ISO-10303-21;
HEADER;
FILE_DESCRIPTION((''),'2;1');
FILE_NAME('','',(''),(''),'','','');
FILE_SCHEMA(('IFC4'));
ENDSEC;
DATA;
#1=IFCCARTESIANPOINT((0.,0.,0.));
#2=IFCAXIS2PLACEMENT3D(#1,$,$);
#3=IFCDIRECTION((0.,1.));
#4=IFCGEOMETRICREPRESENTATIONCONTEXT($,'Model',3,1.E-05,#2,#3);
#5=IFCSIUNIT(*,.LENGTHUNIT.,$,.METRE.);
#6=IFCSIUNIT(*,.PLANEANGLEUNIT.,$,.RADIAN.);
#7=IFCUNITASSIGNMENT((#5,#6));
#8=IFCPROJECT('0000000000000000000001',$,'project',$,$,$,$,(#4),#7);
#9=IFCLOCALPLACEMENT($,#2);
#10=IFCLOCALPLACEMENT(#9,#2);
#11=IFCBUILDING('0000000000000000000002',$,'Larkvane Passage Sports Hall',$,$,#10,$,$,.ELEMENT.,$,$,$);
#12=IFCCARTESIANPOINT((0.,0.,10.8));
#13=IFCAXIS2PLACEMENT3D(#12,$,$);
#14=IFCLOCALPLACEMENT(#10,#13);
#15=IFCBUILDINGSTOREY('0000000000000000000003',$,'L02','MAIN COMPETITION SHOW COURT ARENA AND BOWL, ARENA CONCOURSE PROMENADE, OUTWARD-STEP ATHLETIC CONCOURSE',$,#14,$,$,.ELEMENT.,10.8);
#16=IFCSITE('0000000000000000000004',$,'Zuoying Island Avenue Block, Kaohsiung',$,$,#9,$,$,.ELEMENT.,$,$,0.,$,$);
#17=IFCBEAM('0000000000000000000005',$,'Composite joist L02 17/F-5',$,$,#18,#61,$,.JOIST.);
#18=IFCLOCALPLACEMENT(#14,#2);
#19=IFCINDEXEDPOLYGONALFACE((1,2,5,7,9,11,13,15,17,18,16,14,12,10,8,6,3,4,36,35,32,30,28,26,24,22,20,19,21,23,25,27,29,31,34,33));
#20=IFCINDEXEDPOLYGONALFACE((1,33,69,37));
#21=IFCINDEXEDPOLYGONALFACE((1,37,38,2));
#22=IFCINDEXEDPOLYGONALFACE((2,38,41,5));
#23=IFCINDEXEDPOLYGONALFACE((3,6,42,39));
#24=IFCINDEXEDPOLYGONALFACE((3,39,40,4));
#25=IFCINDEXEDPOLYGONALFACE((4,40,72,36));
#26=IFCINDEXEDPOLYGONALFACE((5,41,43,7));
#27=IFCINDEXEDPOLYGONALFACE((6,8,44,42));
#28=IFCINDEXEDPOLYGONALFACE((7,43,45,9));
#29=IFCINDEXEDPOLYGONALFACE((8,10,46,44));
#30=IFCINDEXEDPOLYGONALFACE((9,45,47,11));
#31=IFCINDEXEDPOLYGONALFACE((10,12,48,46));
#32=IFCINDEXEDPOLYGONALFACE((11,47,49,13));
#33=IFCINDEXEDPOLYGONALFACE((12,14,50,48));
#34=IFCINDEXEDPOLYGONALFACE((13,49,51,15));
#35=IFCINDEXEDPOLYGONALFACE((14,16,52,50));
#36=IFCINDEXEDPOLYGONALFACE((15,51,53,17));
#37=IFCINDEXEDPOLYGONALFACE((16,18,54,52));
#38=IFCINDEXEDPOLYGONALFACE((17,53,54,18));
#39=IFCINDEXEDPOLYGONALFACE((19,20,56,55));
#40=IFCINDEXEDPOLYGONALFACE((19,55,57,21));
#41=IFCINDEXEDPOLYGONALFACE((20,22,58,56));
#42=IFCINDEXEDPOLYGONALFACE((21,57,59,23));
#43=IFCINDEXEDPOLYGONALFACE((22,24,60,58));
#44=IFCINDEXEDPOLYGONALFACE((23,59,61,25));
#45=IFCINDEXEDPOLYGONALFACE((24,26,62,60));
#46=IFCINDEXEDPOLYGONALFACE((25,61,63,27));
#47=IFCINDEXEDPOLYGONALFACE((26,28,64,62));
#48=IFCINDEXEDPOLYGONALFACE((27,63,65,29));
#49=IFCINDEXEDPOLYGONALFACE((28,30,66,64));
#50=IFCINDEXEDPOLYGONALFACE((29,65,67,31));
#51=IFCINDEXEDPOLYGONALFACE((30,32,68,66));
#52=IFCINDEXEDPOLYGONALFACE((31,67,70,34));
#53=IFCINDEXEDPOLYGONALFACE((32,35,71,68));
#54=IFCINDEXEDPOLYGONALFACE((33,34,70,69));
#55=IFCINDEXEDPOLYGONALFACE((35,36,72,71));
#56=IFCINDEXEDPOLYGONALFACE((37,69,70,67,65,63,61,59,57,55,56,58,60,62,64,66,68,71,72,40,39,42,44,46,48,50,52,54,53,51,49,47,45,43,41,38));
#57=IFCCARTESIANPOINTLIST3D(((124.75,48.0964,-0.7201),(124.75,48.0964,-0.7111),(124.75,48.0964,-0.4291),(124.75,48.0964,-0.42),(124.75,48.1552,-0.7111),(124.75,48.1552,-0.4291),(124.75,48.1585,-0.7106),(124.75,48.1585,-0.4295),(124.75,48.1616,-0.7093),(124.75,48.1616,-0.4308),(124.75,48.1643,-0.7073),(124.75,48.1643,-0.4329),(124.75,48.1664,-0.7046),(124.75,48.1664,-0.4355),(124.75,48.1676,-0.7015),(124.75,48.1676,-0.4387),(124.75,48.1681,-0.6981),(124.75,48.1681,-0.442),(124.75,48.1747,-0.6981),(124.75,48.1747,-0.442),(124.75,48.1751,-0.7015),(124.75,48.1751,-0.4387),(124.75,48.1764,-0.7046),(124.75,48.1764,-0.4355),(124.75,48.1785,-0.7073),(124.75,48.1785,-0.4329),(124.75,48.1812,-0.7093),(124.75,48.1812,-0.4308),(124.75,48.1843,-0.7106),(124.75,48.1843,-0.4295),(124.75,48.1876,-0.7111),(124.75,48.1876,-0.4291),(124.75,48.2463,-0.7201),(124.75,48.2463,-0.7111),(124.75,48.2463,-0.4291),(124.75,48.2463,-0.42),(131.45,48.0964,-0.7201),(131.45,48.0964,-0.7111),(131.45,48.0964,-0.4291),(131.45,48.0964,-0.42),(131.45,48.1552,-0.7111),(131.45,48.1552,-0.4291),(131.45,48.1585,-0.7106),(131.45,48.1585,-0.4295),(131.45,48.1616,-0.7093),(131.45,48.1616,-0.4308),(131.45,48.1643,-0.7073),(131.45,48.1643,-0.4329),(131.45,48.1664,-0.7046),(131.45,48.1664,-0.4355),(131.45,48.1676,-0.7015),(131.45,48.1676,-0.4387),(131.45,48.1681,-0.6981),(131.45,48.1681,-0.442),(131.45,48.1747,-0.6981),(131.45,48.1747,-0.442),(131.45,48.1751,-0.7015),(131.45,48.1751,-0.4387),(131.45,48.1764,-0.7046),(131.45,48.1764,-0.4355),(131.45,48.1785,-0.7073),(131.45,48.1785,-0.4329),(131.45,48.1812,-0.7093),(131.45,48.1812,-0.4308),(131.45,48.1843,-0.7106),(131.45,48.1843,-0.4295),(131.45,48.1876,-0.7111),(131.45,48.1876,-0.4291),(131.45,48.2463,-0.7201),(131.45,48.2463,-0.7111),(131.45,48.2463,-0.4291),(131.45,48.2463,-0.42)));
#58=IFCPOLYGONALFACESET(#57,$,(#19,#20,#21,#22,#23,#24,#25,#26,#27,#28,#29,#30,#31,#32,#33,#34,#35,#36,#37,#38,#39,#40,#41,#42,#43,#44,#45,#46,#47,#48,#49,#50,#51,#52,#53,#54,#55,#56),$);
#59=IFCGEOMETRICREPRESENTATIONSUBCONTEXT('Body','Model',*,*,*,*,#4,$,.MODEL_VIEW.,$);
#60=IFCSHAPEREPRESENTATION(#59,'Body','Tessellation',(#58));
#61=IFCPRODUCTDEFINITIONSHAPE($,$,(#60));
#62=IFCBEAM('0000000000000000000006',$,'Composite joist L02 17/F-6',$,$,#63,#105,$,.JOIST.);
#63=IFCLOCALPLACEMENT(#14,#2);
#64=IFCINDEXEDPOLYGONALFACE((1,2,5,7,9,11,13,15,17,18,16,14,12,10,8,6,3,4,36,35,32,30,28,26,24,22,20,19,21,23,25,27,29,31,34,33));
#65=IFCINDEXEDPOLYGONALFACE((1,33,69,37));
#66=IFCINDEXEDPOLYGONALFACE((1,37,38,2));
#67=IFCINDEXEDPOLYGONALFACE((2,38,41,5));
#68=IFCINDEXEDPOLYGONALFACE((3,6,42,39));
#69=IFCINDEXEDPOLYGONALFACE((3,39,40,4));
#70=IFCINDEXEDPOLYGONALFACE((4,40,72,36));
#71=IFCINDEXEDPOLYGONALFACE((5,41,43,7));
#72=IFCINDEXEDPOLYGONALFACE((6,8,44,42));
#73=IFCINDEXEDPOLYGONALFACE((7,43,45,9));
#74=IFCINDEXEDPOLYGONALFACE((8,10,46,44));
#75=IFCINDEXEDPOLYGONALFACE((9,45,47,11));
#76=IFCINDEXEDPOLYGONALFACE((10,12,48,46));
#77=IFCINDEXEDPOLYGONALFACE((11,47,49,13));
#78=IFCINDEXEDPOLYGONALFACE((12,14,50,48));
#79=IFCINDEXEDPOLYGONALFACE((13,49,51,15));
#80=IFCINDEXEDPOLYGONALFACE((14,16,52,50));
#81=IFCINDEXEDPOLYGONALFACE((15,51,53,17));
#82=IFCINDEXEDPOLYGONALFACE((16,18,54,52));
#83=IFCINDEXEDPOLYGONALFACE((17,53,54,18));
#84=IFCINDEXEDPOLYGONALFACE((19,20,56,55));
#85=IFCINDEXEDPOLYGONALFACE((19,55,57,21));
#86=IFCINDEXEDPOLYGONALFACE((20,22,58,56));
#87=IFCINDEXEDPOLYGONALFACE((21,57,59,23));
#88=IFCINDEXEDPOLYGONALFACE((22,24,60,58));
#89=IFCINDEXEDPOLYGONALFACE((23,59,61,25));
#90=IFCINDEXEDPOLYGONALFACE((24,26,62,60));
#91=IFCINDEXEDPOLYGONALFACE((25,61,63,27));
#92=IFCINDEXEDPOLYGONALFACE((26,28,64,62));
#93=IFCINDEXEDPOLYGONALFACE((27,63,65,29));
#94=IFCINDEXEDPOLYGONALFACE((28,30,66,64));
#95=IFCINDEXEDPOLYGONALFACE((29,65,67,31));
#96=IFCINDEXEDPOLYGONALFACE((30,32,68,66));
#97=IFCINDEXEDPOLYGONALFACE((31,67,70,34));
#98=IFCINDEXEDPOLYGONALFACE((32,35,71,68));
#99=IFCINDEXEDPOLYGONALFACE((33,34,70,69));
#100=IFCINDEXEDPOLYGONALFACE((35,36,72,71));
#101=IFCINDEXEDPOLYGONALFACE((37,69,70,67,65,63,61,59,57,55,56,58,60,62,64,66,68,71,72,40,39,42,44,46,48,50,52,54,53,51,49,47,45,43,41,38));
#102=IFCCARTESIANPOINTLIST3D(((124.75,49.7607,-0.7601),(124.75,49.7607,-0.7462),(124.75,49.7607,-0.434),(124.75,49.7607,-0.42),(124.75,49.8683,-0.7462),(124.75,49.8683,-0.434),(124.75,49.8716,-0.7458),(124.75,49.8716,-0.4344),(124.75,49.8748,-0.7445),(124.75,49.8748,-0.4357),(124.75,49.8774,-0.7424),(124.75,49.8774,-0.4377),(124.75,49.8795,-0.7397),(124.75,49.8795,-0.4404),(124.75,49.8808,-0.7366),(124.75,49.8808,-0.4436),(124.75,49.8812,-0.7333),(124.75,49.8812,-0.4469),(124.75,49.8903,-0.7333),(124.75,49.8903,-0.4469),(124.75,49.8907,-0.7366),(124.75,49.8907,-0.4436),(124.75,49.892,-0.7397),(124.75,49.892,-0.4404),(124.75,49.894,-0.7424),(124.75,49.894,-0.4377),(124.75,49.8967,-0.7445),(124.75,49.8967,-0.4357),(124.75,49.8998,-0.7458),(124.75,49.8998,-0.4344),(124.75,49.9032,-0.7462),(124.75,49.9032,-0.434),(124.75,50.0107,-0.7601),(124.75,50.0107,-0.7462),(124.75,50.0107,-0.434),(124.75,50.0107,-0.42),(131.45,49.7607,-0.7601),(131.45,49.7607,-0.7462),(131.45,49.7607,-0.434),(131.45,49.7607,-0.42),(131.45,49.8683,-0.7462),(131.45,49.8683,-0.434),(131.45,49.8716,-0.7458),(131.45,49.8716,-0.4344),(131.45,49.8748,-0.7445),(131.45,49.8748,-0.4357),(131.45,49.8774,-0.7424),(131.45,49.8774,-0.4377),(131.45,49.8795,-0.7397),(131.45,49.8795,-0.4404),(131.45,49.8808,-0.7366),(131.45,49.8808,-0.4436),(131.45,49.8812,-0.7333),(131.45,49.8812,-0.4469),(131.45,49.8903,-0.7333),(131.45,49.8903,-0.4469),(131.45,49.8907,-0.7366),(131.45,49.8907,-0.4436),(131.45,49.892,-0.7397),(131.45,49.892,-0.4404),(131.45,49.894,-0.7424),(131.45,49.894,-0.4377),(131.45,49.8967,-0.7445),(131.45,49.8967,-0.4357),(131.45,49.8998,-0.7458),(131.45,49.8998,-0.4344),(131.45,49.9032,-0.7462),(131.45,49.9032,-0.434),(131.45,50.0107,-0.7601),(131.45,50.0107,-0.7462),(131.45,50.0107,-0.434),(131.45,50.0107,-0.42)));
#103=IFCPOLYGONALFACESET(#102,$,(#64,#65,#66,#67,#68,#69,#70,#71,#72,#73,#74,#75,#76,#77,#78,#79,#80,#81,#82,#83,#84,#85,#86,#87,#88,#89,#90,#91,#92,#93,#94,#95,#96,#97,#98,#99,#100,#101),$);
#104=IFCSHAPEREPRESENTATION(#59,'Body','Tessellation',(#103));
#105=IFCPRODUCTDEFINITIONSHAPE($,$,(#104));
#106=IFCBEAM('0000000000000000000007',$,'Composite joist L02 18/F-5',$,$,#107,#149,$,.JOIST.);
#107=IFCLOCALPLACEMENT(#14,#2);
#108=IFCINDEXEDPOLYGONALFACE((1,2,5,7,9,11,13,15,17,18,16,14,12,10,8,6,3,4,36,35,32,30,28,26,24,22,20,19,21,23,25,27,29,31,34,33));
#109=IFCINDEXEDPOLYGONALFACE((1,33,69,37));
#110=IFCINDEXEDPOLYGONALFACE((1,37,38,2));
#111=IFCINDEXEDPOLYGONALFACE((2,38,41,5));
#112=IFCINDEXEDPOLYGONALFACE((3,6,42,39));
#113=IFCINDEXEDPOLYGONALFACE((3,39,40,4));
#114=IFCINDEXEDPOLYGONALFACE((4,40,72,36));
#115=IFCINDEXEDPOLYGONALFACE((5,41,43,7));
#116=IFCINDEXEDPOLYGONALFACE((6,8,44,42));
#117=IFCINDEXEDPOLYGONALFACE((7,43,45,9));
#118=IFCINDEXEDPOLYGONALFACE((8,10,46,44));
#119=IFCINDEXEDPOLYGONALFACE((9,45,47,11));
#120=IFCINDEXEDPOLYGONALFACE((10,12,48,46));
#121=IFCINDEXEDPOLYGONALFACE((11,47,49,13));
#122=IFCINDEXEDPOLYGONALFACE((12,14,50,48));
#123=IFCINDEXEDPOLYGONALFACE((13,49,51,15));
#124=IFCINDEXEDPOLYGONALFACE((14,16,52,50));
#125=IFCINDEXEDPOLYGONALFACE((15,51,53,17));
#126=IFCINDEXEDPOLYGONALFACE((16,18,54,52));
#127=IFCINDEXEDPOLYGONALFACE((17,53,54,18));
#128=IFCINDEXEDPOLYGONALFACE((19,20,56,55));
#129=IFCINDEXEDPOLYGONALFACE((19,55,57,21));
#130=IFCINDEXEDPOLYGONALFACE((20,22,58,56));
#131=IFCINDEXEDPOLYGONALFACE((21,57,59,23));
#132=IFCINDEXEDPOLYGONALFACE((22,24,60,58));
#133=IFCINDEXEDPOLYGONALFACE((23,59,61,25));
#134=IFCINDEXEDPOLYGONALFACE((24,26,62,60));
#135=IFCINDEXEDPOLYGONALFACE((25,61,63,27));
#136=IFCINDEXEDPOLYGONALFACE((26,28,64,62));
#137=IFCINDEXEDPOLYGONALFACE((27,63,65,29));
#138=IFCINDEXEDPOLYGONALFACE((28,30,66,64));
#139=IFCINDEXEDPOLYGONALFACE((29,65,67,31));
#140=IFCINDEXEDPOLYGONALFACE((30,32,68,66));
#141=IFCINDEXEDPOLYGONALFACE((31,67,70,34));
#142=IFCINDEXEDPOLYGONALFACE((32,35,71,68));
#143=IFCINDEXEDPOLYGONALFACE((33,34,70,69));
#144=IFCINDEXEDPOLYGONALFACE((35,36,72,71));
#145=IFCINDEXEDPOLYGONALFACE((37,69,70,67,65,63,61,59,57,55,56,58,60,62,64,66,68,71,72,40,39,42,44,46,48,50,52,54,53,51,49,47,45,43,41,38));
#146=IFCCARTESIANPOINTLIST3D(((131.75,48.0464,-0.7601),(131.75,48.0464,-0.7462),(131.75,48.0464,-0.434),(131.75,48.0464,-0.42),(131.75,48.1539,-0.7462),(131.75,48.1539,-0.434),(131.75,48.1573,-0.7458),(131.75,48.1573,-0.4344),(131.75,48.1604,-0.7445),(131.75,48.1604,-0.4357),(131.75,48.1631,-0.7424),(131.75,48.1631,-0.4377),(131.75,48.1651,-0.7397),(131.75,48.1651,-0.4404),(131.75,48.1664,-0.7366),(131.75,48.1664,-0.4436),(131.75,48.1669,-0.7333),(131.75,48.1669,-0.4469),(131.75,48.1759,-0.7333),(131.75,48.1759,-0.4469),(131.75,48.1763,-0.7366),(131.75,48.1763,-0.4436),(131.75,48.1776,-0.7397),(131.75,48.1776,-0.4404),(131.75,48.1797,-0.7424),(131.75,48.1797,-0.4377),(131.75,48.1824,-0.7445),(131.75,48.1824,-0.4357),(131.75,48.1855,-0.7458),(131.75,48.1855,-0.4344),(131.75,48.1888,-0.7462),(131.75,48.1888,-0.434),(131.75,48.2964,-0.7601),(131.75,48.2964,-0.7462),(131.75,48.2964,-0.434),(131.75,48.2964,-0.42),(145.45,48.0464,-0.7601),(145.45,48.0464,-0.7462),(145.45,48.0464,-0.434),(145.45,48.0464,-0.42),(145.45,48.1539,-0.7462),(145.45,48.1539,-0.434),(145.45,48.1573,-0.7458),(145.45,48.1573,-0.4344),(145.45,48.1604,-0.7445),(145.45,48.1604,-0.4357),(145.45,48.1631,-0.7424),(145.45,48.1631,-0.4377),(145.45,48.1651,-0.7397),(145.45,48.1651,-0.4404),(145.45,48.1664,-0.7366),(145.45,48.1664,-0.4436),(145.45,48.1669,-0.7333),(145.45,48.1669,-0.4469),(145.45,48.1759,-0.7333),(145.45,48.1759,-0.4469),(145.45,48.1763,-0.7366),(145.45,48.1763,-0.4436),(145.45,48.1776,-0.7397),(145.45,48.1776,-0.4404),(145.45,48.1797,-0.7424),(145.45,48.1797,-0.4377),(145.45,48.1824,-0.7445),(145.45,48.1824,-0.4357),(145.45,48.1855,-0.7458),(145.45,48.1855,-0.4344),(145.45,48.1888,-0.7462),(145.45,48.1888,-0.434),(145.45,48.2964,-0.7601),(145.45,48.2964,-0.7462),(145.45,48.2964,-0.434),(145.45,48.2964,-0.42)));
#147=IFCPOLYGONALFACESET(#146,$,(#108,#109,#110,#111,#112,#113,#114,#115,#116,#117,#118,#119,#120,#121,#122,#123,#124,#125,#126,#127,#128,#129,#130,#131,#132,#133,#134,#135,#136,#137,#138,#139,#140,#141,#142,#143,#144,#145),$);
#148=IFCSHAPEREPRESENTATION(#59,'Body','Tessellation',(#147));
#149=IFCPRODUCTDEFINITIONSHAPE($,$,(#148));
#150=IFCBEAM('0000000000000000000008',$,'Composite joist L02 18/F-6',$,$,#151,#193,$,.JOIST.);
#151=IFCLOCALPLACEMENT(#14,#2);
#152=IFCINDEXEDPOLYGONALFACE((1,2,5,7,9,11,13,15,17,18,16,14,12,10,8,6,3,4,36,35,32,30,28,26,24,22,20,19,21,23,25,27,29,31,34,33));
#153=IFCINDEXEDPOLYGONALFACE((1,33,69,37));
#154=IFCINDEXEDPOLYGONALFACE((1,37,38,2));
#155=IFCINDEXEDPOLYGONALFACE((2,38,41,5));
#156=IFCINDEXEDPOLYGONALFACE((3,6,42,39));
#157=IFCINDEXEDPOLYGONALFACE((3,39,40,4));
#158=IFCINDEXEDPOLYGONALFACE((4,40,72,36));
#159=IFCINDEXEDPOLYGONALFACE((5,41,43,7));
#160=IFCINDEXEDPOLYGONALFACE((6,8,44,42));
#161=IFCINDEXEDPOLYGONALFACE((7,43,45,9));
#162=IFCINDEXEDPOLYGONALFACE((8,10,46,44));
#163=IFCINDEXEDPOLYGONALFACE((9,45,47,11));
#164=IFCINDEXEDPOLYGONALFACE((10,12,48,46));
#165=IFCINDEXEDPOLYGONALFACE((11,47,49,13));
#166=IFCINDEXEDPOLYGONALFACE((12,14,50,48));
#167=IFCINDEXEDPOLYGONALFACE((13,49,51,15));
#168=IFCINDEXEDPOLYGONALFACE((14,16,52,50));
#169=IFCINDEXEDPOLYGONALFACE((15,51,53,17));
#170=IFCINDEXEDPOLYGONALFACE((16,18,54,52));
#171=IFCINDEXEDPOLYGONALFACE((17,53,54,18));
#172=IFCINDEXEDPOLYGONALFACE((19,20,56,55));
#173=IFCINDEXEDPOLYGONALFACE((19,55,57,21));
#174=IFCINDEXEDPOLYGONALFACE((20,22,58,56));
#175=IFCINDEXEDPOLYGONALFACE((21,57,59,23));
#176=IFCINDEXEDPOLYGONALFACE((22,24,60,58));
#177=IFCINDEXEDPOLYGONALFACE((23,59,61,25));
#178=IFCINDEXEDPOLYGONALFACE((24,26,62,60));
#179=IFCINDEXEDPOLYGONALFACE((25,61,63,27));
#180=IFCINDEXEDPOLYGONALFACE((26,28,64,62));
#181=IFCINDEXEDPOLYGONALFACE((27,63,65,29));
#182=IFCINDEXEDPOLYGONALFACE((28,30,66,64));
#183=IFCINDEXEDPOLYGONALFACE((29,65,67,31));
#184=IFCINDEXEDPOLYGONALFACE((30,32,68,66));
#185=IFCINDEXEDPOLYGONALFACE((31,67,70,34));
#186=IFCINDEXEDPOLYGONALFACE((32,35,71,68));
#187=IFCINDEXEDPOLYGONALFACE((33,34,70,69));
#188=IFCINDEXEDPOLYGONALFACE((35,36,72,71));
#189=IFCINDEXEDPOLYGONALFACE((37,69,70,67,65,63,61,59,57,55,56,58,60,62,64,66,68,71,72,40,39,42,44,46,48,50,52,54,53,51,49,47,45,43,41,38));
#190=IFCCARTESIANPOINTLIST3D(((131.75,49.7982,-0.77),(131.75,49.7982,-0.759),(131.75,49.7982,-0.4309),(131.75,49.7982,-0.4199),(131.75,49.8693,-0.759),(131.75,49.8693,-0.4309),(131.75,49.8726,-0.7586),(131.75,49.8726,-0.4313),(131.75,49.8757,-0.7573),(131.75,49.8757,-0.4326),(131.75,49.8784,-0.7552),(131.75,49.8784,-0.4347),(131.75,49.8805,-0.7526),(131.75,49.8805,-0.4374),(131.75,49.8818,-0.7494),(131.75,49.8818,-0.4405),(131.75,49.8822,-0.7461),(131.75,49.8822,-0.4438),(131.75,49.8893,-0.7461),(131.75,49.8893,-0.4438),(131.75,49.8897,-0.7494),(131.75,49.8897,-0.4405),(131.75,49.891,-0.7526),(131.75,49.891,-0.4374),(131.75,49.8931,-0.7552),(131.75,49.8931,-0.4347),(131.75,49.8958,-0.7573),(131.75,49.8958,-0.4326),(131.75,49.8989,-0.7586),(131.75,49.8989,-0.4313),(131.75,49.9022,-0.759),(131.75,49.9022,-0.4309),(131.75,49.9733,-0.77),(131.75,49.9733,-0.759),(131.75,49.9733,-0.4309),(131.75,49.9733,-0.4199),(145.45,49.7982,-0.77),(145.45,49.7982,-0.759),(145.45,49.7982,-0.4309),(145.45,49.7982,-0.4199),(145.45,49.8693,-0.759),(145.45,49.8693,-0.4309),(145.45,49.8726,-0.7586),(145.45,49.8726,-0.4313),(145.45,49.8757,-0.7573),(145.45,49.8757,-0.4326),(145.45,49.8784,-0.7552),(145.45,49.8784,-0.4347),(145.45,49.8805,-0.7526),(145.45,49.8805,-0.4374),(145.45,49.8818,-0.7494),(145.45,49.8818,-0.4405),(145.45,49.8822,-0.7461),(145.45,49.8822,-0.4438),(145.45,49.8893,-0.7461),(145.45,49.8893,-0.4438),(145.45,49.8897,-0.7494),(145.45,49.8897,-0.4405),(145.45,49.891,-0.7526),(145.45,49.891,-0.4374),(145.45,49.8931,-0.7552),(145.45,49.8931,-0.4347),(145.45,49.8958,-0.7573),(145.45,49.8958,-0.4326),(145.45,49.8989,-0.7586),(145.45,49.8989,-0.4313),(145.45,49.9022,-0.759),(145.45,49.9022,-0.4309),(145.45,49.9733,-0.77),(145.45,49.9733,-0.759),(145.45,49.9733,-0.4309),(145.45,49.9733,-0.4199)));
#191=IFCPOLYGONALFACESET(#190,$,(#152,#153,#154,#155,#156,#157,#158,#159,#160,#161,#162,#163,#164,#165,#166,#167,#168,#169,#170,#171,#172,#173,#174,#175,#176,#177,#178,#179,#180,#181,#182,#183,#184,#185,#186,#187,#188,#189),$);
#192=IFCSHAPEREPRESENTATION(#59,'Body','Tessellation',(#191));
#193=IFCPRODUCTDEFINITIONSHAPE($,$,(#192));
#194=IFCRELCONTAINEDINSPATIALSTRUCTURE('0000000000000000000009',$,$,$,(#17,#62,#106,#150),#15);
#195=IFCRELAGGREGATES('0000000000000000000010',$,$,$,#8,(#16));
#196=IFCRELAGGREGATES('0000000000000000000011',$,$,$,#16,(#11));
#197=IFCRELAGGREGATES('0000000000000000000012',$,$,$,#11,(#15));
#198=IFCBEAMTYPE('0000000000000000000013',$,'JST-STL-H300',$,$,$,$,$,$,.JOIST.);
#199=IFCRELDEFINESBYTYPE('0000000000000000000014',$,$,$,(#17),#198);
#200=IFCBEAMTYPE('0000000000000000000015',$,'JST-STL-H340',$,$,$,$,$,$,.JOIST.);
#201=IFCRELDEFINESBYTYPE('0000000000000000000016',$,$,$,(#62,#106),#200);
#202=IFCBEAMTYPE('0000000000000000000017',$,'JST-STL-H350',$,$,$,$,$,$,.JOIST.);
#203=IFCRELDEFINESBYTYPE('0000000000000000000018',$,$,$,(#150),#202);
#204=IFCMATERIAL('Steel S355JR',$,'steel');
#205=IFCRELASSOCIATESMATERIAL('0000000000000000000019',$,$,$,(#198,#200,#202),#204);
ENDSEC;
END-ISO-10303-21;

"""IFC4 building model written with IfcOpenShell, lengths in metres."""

from ifc_helpers import new_model, si_unit, direction, frame, origin, origin_2d, place, context, subcontext, project, spatial, i_section, extrude, material, material_profile, profile_set, type_object, element, save


model = new_model("IFC4")

# Units and contexts
model_context = context("Model", 3, precision=1e-05, world=origin(), true_north=direction((0.0, 1.0)))
body_context = subcontext(model_context, "Body", "Model", "MODEL_VIEW")
ifc_project = project(units=[si_unit("LENGTHUNIT", "METRE"), si_unit("PLANEANGLEUNIT", "RADIAN")], contexts=[model_context])

# Site, building, storey
site_placement = place(None, origin())
site = spatial("IfcSite", under=ifc_project, at=site_placement, Name="Zuoying Island Avenue Block, Kaohsiung", CompositionType="ELEMENT", RefElevation=0.0)
building_placement = place(site_placement, origin())
building = spatial("IfcBuilding", under=site, at=building_placement, Name="Larkvane Passage Sports Hall", CompositionType="ELEMENT")
storey_placement = place(building_placement, frame((0.0, 0.0, 10.8)))
storey = spatial("IfcBuildingStorey", under=building, at=storey_placement, Name="L02", Description="MAIN COMPETITION SHOW COURT ARENA AND BOWL, ARENA CONCOURSE PROMENADE, OUTWARD-STEP ATHLETIC CONCOURSE", CompositionType="ELEMENT", Elevation=10.8)

# Shared definitions
ifc_material_1 = material(Name="Steel S355JR", Category="steel")

# Beams
ifc_material_profile_1 = material_profile(ifc_material_1, i_section(OverallWidth=0.1499, OverallDepth=0.3, WebThickness=0.0066, FlangeThickness=0.009, FilletRadius=0.0129, at=origin_2d()), Name="H-300x150x6.5x9")
ifc_profile_set_1 = profile_set([ifc_material_profile_1], Name="Steel S355JR")
beam_type_1 = type_object("IfcBeamType", Name="JST-STL-H300", PredefinedType="JOIST", material=ifc_profile_set_1)
beam_1_placement = place(storey_placement, frame((124.75, 48.1714, -0.5701), z_axis=(1.0, 0.0, 0.0), x_axis=(0.0, 1.0, 0.0)))
element("IfcBeam", 1, at=beam_1_placement, inside=storey, type_object=beam_type_1, Name="Composite joist L02 17/F-5", PredefinedType="JOIST", context=body_context, shape_type="SweptSolid", body=[
    extrude(i_section(OverallWidth=0.1499, OverallDepth=0.3, WebThickness=0.0066, FlangeThickness=0.009, FilletRadius=0.0129, at=origin_2d()), origin(), (0.0, 0.0, 1.0), 6.7),
])
ifc_material_profile_2 = material_profile(ifc_material_1, i_section(OverallWidth=0.25, OverallDepth=0.3401, WebThickness=0.009, FlangeThickness=0.0139, FilletRadius=0.0129, at=origin_2d()), Name="H-340x250x9x14")
ifc_profile_set_2 = profile_set([ifc_material_profile_2], Name="Steel S355JR")
beam_type_2 = type_object("IfcBeamType", Name="JST-STL-H340", PredefinedType="JOIST", material=ifc_profile_set_2)
beam_2_placement = place(storey_placement, frame((124.75, 49.8857, -0.5901), z_axis=(1.0, 0.0, 0.0), x_axis=(0.0, 1.0, 0.0)))
element("IfcBeam", 2, at=beam_2_placement, inside=storey, type_object=beam_type_2, Name="Composite joist L02 17/F-6", PredefinedType="JOIST", context=body_context, shape_type="SweptSolid", body=[
    extrude(i_section(OverallWidth=0.25, OverallDepth=0.3401, WebThickness=0.009, FlangeThickness=0.0139, FilletRadius=0.0129, at=origin_2d()), origin(), (0.0, 0.0, 1.0), 6.7),
])
beam_3_placement = place(storey_placement, frame((131.75, 48.1714, -0.5901), z_axis=(1.0, 0.0, 0.0), x_axis=(0.0, 1.0, 0.0)))
element("IfcBeam", 3, at=beam_3_placement, inside=storey, type_object=beam_type_2, Name="Composite joist L02 18/F-5", PredefinedType="JOIST", context=body_context, shape_type="SweptSolid", body=[
    extrude(i_section(OverallWidth=0.25, OverallDepth=0.3401, WebThickness=0.009, FlangeThickness=0.0139, FilletRadius=0.0129, at=origin_2d()), origin(), (0.0, 0.0, 1.0), 13.7),
])
ifc_material_profile_3 = material_profile(ifc_material_1, i_section(OverallWidth=0.175, OverallDepth=0.3501, WebThickness=0.0071, FlangeThickness=0.011, FilletRadius=0.0129, at=origin_2d()), Name="H-350x175x7x11")
ifc_profile_set_3 = profile_set([ifc_material_profile_3], Name="Steel S355JR")
beam_type_3 = type_object("IfcBeamType", Name="JST-STL-H350", PredefinedType="JOIST", material=ifc_profile_set_3)
beam_4_placement = place(storey_placement, frame((131.75, 49.8857, -0.595), z_axis=(1.0, 0.0, 0.0), x_axis=(0.0, 1.0, 0.0)))
element("IfcBeam", 4, at=beam_4_placement, inside=storey, type_object=beam_type_3, Name="Composite joist L02 18/F-6", PredefinedType="JOIST", context=body_context, shape_type="SweptSolid", body=[
    extrude(i_section(OverallWidth=0.175, OverallDepth=0.3501, WebThickness=0.0071, FlangeThickness=0.011, FilletRadius=0.0129, at=origin_2d()), origin(), (0.0, 0.0, 1.0), 13.7),
])

save(model, "model.ifc")
